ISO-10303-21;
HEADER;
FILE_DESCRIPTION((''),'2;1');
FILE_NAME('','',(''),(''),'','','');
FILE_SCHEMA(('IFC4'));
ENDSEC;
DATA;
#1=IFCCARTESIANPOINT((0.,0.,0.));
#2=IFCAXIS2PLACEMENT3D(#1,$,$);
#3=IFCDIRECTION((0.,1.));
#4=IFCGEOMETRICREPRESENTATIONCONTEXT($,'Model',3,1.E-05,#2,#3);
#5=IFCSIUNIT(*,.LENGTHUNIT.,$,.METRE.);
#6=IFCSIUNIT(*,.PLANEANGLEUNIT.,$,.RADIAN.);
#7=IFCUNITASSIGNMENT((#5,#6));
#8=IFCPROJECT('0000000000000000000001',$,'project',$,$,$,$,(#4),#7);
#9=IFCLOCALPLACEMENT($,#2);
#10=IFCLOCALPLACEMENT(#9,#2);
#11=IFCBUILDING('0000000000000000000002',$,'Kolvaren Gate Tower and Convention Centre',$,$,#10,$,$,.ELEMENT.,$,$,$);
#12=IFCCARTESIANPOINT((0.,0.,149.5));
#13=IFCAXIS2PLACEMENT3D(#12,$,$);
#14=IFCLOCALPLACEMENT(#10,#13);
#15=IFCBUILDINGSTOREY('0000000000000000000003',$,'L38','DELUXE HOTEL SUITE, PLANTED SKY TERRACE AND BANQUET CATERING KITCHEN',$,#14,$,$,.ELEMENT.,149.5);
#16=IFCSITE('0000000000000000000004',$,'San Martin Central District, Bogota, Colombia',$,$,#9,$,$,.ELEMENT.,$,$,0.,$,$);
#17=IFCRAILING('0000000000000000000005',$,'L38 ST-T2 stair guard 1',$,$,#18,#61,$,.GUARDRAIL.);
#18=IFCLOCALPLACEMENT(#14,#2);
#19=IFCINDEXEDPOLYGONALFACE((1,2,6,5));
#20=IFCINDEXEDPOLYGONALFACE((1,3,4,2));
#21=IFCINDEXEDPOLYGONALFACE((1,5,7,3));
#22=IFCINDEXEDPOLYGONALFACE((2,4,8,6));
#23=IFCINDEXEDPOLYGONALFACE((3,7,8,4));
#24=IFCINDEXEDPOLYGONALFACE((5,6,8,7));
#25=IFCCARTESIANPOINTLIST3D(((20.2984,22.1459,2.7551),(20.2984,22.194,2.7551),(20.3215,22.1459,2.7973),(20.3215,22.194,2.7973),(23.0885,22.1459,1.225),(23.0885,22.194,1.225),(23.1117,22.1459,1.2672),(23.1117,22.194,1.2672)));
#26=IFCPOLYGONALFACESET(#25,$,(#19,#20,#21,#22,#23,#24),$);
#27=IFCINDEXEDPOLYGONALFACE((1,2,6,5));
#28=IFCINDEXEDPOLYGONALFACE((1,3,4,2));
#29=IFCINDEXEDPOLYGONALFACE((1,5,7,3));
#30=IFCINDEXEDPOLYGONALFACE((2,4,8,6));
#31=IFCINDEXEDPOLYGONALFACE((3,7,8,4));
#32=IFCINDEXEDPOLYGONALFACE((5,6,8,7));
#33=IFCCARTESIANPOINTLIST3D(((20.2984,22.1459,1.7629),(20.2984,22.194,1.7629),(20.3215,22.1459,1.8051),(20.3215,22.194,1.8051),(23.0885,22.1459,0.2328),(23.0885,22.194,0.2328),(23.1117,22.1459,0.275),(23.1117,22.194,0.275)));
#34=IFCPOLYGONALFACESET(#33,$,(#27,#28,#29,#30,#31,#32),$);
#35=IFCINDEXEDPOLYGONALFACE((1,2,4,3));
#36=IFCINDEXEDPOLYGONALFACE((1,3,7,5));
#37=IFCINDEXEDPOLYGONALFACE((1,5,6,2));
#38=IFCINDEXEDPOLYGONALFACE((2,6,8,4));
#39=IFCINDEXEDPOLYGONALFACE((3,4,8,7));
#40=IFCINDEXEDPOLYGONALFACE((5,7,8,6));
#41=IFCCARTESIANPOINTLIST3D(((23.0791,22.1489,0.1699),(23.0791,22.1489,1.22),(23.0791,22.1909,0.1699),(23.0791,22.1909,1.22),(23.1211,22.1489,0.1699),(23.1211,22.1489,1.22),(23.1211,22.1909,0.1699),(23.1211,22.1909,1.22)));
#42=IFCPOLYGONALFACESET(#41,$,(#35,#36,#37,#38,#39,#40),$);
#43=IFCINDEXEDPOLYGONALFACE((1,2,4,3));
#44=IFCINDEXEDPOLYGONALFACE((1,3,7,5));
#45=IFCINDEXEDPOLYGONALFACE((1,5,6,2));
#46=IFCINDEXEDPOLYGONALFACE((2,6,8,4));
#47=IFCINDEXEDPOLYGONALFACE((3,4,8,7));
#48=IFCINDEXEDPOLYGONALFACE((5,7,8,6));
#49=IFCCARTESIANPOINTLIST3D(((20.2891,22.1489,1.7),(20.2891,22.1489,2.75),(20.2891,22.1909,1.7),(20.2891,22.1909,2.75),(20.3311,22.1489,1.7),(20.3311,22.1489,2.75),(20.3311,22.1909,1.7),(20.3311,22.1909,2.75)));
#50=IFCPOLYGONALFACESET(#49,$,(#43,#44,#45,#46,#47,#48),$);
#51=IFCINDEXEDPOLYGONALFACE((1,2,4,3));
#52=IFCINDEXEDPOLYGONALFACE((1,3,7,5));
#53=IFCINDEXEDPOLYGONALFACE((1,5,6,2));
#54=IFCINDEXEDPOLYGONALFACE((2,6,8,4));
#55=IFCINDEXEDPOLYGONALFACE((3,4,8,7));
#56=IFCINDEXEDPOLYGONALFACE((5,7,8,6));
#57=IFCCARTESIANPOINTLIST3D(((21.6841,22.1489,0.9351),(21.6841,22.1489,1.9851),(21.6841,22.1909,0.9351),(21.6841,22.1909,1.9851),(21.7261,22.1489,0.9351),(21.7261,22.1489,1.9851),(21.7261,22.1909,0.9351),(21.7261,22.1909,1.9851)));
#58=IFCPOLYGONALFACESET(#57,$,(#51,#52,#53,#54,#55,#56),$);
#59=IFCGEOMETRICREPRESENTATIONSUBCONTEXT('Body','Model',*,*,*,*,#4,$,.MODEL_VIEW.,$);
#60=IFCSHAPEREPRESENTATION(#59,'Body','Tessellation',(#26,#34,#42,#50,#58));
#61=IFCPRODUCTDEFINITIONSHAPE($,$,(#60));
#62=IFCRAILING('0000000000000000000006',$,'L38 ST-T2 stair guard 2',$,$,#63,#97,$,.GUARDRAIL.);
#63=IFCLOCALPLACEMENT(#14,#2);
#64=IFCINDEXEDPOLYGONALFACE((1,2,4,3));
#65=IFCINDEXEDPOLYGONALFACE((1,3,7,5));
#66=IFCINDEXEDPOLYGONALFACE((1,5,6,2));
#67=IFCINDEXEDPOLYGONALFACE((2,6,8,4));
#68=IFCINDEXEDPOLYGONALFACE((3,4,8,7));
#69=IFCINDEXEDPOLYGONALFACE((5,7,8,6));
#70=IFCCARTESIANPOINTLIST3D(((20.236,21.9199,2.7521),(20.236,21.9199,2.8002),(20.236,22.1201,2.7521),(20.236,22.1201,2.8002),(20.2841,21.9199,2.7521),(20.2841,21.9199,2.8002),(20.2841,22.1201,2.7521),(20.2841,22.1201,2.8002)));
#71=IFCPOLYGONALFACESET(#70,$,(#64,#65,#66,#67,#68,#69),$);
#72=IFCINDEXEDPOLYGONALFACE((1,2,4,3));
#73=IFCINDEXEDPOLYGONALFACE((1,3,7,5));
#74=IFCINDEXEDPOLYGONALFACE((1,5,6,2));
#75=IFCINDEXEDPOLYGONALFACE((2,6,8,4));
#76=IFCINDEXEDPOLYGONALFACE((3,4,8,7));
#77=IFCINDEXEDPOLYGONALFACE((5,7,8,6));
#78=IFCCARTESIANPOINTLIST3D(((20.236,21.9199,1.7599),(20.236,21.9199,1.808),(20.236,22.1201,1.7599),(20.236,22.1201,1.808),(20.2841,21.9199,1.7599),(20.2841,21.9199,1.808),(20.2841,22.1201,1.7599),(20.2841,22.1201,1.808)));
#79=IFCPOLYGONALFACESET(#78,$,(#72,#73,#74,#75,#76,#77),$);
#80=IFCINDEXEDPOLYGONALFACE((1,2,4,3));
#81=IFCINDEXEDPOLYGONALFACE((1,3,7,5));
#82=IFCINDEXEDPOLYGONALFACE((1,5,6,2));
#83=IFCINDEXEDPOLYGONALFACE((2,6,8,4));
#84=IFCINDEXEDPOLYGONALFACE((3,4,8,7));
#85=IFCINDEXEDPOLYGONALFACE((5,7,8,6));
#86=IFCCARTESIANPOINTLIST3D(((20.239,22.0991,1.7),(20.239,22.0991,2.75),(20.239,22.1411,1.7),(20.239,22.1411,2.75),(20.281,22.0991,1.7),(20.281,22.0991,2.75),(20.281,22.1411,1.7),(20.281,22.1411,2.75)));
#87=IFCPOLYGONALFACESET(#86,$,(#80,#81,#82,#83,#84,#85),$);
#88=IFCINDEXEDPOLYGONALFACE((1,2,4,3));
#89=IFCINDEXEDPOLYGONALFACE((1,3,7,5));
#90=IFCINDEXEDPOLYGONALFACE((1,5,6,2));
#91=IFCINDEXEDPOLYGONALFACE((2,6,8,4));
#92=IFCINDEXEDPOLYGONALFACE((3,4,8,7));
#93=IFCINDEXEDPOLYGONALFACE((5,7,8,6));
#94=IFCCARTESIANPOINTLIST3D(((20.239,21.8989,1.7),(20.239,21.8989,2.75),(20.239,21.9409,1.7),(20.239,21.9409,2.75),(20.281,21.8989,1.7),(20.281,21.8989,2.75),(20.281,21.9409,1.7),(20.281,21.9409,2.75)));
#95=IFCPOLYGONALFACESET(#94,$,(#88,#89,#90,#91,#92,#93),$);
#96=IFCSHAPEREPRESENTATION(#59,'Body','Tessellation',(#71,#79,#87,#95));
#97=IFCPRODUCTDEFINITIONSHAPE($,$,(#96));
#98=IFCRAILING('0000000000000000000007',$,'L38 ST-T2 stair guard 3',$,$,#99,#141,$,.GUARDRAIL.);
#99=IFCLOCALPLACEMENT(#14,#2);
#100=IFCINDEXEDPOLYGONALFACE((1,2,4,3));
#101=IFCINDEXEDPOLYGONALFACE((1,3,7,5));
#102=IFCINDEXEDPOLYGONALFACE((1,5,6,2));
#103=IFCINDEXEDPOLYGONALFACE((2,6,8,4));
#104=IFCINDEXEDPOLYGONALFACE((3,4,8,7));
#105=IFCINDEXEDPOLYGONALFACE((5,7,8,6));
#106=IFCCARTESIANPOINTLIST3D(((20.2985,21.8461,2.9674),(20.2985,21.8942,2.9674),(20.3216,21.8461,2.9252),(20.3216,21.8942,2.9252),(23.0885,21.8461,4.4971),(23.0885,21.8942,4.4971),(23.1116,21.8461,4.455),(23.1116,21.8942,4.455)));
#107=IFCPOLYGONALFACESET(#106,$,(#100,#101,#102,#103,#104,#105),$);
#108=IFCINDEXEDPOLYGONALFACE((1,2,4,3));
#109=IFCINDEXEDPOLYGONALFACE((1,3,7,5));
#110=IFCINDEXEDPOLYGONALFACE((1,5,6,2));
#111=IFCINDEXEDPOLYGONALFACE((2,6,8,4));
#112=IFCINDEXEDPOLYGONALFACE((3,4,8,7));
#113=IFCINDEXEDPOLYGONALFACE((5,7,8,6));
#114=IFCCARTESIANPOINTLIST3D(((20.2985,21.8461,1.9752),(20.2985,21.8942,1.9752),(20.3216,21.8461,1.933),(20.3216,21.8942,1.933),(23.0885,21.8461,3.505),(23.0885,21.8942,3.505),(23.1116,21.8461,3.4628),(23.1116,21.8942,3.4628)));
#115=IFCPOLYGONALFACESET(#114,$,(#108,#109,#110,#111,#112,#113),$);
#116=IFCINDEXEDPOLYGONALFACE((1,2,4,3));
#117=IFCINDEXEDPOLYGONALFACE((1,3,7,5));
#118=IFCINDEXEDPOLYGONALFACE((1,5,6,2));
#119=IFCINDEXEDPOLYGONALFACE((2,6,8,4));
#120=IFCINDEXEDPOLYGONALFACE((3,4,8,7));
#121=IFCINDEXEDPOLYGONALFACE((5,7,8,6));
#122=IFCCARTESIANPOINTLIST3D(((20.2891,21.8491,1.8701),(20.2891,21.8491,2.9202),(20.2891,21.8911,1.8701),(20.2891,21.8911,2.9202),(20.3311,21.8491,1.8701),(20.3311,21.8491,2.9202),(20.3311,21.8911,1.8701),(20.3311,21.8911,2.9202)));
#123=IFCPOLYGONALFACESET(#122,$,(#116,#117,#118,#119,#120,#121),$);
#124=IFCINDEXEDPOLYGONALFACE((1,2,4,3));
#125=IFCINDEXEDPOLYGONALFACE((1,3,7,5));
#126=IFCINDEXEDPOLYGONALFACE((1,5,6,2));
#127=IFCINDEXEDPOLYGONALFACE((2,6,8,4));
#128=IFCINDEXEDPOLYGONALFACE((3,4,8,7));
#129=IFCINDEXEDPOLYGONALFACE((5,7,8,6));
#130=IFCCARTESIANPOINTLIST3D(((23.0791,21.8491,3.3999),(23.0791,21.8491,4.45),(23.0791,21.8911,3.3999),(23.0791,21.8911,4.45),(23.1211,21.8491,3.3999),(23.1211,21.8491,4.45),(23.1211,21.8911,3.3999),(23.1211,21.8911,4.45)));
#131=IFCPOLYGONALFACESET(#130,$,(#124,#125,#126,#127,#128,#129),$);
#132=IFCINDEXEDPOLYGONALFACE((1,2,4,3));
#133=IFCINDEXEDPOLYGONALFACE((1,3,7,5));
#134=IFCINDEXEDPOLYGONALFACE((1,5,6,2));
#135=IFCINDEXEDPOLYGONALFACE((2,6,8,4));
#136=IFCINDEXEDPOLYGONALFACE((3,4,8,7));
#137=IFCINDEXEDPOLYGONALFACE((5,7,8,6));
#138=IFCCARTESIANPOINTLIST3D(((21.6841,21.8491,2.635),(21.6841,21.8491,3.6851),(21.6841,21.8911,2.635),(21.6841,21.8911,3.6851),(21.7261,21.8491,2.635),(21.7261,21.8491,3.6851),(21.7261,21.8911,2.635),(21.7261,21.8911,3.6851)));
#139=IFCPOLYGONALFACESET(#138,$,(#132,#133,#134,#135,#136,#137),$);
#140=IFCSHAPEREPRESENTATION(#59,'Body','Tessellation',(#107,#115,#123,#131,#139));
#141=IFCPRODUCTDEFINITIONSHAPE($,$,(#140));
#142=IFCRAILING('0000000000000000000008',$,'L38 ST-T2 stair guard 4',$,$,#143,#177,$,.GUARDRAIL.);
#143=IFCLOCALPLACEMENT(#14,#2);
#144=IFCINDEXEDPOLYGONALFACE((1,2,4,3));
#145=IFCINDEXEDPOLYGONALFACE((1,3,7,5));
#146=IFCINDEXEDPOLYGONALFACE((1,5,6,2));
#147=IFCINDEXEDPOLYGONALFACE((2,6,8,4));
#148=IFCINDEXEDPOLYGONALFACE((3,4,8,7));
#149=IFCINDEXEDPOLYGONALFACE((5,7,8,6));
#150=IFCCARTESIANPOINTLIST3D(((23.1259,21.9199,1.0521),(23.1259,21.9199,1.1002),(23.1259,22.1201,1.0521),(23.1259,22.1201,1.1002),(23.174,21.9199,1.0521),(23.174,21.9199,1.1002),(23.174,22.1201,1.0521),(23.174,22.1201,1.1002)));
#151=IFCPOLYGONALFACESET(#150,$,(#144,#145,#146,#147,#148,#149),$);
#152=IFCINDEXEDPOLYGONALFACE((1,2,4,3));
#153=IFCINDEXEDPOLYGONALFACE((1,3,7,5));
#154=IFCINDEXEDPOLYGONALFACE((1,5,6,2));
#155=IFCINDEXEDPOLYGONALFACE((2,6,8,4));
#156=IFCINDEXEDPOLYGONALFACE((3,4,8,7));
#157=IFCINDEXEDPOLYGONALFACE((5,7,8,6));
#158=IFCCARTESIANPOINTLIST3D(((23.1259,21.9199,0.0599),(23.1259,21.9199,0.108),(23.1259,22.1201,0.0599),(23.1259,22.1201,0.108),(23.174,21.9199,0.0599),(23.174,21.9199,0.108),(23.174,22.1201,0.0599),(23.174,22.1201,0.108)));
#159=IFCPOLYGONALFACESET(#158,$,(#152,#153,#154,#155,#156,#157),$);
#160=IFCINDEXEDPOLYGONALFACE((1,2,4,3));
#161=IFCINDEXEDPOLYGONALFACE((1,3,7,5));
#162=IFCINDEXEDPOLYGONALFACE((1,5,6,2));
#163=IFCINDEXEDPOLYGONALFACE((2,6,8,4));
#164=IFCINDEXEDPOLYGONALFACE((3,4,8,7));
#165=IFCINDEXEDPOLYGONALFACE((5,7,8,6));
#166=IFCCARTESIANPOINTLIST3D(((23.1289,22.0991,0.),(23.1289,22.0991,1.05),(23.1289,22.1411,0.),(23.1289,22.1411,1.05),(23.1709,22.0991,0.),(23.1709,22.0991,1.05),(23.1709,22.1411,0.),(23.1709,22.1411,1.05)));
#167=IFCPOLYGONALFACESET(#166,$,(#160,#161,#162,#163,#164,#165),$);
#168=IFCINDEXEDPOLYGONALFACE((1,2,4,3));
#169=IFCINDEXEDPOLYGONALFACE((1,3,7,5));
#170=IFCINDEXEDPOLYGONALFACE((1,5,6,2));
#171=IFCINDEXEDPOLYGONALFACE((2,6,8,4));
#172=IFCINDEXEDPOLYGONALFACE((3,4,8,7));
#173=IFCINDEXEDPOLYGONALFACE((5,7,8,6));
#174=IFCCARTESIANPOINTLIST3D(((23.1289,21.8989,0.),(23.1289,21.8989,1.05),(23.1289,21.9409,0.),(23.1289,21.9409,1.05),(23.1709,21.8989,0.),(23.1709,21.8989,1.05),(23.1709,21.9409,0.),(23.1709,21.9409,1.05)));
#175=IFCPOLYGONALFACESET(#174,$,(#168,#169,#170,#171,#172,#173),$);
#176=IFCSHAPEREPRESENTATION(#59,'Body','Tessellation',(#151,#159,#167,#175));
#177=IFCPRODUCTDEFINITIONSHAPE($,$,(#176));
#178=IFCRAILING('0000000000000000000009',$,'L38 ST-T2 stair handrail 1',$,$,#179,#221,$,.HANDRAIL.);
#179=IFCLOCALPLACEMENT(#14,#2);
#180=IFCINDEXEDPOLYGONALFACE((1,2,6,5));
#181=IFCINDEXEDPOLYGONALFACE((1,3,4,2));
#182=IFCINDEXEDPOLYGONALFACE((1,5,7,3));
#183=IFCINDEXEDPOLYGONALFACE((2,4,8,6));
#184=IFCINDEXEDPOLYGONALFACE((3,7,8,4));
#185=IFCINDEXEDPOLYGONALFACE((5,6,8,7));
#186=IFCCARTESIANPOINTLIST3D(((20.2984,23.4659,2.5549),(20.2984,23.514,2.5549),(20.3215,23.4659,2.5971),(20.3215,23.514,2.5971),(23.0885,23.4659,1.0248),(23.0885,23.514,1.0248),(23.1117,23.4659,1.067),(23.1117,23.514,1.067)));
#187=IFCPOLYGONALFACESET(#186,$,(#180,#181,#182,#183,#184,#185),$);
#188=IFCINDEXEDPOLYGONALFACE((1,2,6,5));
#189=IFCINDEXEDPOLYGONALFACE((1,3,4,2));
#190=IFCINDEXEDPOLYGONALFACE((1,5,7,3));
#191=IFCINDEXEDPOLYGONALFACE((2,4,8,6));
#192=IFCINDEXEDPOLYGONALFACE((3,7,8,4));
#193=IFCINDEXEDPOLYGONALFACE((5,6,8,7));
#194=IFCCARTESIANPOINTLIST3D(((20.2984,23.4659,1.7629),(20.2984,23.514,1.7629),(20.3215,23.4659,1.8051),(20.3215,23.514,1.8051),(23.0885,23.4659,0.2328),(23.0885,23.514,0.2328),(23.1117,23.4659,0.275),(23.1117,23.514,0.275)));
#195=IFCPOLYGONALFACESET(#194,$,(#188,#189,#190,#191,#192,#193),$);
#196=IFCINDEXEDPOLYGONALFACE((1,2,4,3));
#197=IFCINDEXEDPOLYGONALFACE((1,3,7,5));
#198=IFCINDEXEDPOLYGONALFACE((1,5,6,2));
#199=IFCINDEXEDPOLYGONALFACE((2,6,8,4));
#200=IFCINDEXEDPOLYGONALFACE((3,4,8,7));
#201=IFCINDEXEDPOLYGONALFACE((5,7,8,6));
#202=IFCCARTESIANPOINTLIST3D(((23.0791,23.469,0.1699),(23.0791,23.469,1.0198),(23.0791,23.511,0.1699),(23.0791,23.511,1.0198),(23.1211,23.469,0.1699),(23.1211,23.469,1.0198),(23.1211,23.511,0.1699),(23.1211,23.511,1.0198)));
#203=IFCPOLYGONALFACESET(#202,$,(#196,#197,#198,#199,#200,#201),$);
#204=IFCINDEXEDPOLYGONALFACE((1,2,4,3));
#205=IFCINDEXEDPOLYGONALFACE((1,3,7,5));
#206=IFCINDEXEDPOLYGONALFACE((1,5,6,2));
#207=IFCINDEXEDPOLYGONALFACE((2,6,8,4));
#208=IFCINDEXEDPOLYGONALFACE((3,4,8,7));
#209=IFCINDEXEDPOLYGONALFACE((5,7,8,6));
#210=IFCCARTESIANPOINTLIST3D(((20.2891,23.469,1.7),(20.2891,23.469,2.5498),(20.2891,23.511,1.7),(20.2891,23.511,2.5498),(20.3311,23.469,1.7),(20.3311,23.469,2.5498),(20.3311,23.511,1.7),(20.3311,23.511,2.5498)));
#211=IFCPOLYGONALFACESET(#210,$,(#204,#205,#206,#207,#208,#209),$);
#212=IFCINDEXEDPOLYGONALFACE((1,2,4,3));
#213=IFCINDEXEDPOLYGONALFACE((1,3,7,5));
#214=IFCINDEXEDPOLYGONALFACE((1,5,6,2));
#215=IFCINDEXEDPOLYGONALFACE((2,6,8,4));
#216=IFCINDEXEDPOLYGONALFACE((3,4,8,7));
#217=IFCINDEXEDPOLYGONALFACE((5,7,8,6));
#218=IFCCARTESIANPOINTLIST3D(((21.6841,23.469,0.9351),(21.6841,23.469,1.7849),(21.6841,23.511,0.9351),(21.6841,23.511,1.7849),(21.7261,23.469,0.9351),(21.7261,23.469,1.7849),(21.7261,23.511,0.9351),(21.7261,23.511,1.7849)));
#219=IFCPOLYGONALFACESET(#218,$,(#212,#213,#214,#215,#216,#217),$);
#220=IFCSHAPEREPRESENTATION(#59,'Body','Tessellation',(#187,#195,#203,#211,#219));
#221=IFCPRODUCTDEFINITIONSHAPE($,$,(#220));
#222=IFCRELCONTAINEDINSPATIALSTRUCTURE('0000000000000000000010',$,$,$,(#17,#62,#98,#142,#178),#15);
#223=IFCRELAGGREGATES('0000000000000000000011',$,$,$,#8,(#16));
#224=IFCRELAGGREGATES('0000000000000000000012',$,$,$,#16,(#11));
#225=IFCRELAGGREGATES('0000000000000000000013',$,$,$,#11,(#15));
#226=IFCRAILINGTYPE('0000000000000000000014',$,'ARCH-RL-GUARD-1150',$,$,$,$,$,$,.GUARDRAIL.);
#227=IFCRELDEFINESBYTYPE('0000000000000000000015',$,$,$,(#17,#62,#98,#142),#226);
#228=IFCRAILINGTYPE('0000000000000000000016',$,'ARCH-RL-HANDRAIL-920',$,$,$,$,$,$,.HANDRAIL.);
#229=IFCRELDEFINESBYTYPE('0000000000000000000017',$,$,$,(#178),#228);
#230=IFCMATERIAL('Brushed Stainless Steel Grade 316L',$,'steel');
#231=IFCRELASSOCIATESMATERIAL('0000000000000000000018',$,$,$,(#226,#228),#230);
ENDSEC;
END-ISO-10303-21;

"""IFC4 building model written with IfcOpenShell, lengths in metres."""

from ifc_helpers import new_model, si_unit, direction, frame, origin, origin_2d, place, context, subcontext, project, spatial, rectangle, extrude, material, type_object, element, save


model = new_model("IFC4")

# Units and contexts
model_context = context("Model", 3, precision=1e-05, world=origin(), true_north=direction((0.0, 1.0)))
body_context = subcontext(model_context, "Body", "Model", "MODEL_VIEW")
ifc_project = project(units=[si_unit("LENGTHUNIT", "METRE"), si_unit("PLANEANGLEUNIT", "RADIAN")], contexts=[model_context])

# Site, building, storey
site_placement = place(None, origin())
site = spatial("IfcSite", under=ifc_project, at=site_placement, Name="San Martin Central District, Bogota, Colombia", CompositionType="ELEMENT", RefElevation=0.0)
building_placement = place(site_placement, origin())
building = spatial("IfcBuilding", under=site, at=building_placement, Name="Kolvaren Gate Tower and Convention Centre", CompositionType="ELEMENT")
storey_placement = place(building_placement, frame((0.0, 0.0, 149.5)))
storey = spatial("IfcBuildingStorey", under=building, at=storey_placement, Name="L38", Description="DELUXE HOTEL SUITE, PLANTED SKY TERRACE AND BANQUET CATERING KITCHEN", CompositionType="ELEMENT", Elevation=149.5)

# Shared definitions
ifc_material_1 = material(Name="Brushed Stainless Steel Grade 316L", Category="steel")

# Railings
railing_type_1 = type_object("IfcRailingType", Name="ARCH-RL-GUARD-1150", PredefinedType="GUARDRAIL", material=ifc_material_1)
railing_1_placement = place(storey_placement, frame((23.1001, 22.1699, 0.1699)))
element("IfcRailing", 1, at=railing_1_placement, inside=storey, type_object=railing_type_1, Name="L38 ST-T2 stair guard 1", PredefinedType="GUARDRAIL", context=body_context, shape_type="SweptSolid", body=[
    extrude(rectangle(XDim=0.0481, YDim=0.0481, at=origin_2d()), frame((0.0, 0.0, 1.0762), z_axis=(-0.876811, 0.0, 0.480835), x_axis=(0.0, -1.0, 0.0)), (0.0, 0.0, 1.0), 3.1821),
    extrude(rectangle(XDim=0.0481, YDim=0.0481, at=origin_2d()), frame((0.0, 0.0, 0.084), z_axis=(-0.876811, 0.0, 0.480835), x_axis=(0.0, -1.0, 0.0)), (0.0, 0.0, 1.0), 3.1821),
    extrude(rectangle(XDim=0.042, YDim=0.042, at=origin_2d()), origin(), (0.0, 0.0, 1.0), 1.05),
    extrude(rectangle(XDim=0.042, YDim=0.042, at=origin_2d()), frame((-2.79, 0.0, 1.53)), (0.0, 0.0, 1.0), 1.05),
    extrude(rectangle(XDim=0.042, YDim=0.042, at=origin_2d()), frame((-1.395, 0.0, 0.7651)), (0.0, 0.0, 1.0), 1.05),
])
railing_2_placement = place(storey_placement, frame((20.26, 22.1201, 1.7)))
element("IfcRailing", 2, at=railing_2_placement, inside=storey, type_object=railing_type_1, Name="L38 ST-T2 stair guard 2", PredefinedType="GUARDRAIL", context=body_context, shape_type="SweptSolid", body=[
    extrude(rectangle(XDim=0.0481, YDim=0.0481, at=origin_2d()), frame((0.0, 0.0, 1.0762), z_axis=(0.0, -1.0, 0.0), x_axis=(1.0, 0.0, 0.0)), (0.0, 0.0, 1.0), 0.2002),
    extrude(rectangle(XDim=0.0481, YDim=0.0481, at=origin_2d()), frame((0.0, 0.0, 0.084), z_axis=(0.0, -1.0, 0.0), x_axis=(1.0, 0.0, 0.0)), (0.0, 0.0, 1.0), 0.2002),
    extrude(rectangle(XDim=0.042, YDim=0.042, at=origin_2d()), origin(), (0.0, 0.0, 1.0), 1.05),
    extrude(rectangle(XDim=0.042, YDim=0.042, at=origin_2d()), frame((0.0, -0.2002, 0.0)), (0.0, 0.0, 1.0), 1.05),
])
railing_3_placement = place(storey_placement, frame((20.3101, 21.8701, 1.8701)))
element("IfcRailing", 3, at=railing_3_placement, inside=storey, type_object=railing_type_1, Name="L38 ST-T2 stair guard 3", PredefinedType="GUARDRAIL", context=body_context, shape_type="SweptSolid", body=[
    extrude(rectangle(XDim=0.0481, YDim=0.0481, at=origin_2d()), frame((0.0, 0.0, 1.0762), z_axis=(0.876844, 0.0, 0.480776), x_axis=(0.0, 1.0, 0.0)), (0.0, 0.0, 1.0), 3.1819),
    extrude(rectangle(XDim=0.0481, YDim=0.0481, at=origin_2d()), frame((0.0, 0.0, 0.084), z_axis=(0.876844, 0.0, 0.480776), x_axis=(0.0, 1.0, 0.0)), (0.0, 0.0, 1.0), 3.1819),
    extrude(rectangle(XDim=0.042, YDim=0.042, at=origin_2d()), origin(), (0.0, 0.0, 1.0), 1.05),
    extrude(rectangle(XDim=0.042, YDim=0.042, at=origin_2d()), frame((2.79, 0.0, 1.5298)), (0.0, 0.0, 1.0), 1.05),
    extrude(rectangle(XDim=0.042, YDim=0.042, at=origin_2d()), frame((1.395, 0.0, 0.7649)), (0.0, 0.0, 1.0), 1.05),
])
railing_4_placement = place(storey_placement, frame((23.1499, 22.1201, 0.0)))
element("IfcRailing", 4, at=railing_4_placement, inside=storey, type_object=railing_type_1, Name="L38 ST-T2 stair guard 4", PredefinedType="GUARDRAIL", context=body_context, shape_type="SweptSolid", body=[
    extrude(rectangle(XDim=0.0481, YDim=0.0481, at=origin_2d()), frame((0.0, 0.0, 1.0762), z_axis=(0.0, -1.0, 0.0), x_axis=(1.0, 0.0, 0.0)), (0.0, 0.0, 1.0), 0.2002),
    extrude(rectangle(XDim=0.0481, YDim=0.0481, at=origin_2d()), frame((0.0, 0.0, 0.084), z_axis=(0.0, -1.0, 0.0), x_axis=(1.0, 0.0, 0.0)), (0.0, 0.0, 1.0), 0.2002),
    extrude(rectangle(XDim=0.042, YDim=0.042, at=origin_2d()), origin(), (0.0, 0.0, 1.0), 1.05),
    extrude(rectangle(XDim=0.042, YDim=0.042, at=origin_2d()), frame((0.0, -0.2002, 0.0)), (0.0, 0.0, 1.0), 1.05),
])
railing_type_2 = type_object("IfcRailingType", Name="ARCH-RL-HANDRAIL-920", PredefinedType="HANDRAIL", material=ifc_material_1)
railing_5_placement = place(storey_placement, frame((23.1001, 23.49, 0.1699)))
element("IfcRailing", 5, at=railing_5_placement, inside=storey, type_object=railing_type_2, Name="L38 ST-T2 stair handrail 1", PredefinedType="HANDRAIL", context=body_context, shape_type="SweptSolid", body=[
    extrude(rectangle(XDim=0.0481, YDim=0.0481, at=origin_2d()), frame((0.0, 0.0, 0.876), z_axis=(-0.876811, 0.0, 0.480835), x_axis=(0.0, -1.0, 0.0)), (0.0, 0.0, 1.0), 3.1821),
    extrude(rectangle(XDim=0.0481, YDim=0.0481, at=origin_2d()), frame((0.0, 0.0, 0.084), z_axis=(-0.876811, 0.0, 0.480835), x_axis=(0.0, -1.0, 0.0)), (0.0, 0.0, 1.0), 3.1821),
    extrude(rectangle(XDim=0.042, YDim=0.042, at=origin_2d()), origin(), (0.0, 0.0, 1.0), 0.8499),
    extrude(rectangle(XDim=0.042, YDim=0.042, at=origin_2d()), frame((-2.79, 0.0, 1.53)), (0.0, 0.0, 1.0), 0.8499),
    extrude(rectangle(XDim=0.042, YDim=0.042, at=origin_2d()), frame((-1.395, 0.0, 0.7651)), (0.0, 0.0, 1.0), 0.8499),
])

save(model, "model.ifc")
